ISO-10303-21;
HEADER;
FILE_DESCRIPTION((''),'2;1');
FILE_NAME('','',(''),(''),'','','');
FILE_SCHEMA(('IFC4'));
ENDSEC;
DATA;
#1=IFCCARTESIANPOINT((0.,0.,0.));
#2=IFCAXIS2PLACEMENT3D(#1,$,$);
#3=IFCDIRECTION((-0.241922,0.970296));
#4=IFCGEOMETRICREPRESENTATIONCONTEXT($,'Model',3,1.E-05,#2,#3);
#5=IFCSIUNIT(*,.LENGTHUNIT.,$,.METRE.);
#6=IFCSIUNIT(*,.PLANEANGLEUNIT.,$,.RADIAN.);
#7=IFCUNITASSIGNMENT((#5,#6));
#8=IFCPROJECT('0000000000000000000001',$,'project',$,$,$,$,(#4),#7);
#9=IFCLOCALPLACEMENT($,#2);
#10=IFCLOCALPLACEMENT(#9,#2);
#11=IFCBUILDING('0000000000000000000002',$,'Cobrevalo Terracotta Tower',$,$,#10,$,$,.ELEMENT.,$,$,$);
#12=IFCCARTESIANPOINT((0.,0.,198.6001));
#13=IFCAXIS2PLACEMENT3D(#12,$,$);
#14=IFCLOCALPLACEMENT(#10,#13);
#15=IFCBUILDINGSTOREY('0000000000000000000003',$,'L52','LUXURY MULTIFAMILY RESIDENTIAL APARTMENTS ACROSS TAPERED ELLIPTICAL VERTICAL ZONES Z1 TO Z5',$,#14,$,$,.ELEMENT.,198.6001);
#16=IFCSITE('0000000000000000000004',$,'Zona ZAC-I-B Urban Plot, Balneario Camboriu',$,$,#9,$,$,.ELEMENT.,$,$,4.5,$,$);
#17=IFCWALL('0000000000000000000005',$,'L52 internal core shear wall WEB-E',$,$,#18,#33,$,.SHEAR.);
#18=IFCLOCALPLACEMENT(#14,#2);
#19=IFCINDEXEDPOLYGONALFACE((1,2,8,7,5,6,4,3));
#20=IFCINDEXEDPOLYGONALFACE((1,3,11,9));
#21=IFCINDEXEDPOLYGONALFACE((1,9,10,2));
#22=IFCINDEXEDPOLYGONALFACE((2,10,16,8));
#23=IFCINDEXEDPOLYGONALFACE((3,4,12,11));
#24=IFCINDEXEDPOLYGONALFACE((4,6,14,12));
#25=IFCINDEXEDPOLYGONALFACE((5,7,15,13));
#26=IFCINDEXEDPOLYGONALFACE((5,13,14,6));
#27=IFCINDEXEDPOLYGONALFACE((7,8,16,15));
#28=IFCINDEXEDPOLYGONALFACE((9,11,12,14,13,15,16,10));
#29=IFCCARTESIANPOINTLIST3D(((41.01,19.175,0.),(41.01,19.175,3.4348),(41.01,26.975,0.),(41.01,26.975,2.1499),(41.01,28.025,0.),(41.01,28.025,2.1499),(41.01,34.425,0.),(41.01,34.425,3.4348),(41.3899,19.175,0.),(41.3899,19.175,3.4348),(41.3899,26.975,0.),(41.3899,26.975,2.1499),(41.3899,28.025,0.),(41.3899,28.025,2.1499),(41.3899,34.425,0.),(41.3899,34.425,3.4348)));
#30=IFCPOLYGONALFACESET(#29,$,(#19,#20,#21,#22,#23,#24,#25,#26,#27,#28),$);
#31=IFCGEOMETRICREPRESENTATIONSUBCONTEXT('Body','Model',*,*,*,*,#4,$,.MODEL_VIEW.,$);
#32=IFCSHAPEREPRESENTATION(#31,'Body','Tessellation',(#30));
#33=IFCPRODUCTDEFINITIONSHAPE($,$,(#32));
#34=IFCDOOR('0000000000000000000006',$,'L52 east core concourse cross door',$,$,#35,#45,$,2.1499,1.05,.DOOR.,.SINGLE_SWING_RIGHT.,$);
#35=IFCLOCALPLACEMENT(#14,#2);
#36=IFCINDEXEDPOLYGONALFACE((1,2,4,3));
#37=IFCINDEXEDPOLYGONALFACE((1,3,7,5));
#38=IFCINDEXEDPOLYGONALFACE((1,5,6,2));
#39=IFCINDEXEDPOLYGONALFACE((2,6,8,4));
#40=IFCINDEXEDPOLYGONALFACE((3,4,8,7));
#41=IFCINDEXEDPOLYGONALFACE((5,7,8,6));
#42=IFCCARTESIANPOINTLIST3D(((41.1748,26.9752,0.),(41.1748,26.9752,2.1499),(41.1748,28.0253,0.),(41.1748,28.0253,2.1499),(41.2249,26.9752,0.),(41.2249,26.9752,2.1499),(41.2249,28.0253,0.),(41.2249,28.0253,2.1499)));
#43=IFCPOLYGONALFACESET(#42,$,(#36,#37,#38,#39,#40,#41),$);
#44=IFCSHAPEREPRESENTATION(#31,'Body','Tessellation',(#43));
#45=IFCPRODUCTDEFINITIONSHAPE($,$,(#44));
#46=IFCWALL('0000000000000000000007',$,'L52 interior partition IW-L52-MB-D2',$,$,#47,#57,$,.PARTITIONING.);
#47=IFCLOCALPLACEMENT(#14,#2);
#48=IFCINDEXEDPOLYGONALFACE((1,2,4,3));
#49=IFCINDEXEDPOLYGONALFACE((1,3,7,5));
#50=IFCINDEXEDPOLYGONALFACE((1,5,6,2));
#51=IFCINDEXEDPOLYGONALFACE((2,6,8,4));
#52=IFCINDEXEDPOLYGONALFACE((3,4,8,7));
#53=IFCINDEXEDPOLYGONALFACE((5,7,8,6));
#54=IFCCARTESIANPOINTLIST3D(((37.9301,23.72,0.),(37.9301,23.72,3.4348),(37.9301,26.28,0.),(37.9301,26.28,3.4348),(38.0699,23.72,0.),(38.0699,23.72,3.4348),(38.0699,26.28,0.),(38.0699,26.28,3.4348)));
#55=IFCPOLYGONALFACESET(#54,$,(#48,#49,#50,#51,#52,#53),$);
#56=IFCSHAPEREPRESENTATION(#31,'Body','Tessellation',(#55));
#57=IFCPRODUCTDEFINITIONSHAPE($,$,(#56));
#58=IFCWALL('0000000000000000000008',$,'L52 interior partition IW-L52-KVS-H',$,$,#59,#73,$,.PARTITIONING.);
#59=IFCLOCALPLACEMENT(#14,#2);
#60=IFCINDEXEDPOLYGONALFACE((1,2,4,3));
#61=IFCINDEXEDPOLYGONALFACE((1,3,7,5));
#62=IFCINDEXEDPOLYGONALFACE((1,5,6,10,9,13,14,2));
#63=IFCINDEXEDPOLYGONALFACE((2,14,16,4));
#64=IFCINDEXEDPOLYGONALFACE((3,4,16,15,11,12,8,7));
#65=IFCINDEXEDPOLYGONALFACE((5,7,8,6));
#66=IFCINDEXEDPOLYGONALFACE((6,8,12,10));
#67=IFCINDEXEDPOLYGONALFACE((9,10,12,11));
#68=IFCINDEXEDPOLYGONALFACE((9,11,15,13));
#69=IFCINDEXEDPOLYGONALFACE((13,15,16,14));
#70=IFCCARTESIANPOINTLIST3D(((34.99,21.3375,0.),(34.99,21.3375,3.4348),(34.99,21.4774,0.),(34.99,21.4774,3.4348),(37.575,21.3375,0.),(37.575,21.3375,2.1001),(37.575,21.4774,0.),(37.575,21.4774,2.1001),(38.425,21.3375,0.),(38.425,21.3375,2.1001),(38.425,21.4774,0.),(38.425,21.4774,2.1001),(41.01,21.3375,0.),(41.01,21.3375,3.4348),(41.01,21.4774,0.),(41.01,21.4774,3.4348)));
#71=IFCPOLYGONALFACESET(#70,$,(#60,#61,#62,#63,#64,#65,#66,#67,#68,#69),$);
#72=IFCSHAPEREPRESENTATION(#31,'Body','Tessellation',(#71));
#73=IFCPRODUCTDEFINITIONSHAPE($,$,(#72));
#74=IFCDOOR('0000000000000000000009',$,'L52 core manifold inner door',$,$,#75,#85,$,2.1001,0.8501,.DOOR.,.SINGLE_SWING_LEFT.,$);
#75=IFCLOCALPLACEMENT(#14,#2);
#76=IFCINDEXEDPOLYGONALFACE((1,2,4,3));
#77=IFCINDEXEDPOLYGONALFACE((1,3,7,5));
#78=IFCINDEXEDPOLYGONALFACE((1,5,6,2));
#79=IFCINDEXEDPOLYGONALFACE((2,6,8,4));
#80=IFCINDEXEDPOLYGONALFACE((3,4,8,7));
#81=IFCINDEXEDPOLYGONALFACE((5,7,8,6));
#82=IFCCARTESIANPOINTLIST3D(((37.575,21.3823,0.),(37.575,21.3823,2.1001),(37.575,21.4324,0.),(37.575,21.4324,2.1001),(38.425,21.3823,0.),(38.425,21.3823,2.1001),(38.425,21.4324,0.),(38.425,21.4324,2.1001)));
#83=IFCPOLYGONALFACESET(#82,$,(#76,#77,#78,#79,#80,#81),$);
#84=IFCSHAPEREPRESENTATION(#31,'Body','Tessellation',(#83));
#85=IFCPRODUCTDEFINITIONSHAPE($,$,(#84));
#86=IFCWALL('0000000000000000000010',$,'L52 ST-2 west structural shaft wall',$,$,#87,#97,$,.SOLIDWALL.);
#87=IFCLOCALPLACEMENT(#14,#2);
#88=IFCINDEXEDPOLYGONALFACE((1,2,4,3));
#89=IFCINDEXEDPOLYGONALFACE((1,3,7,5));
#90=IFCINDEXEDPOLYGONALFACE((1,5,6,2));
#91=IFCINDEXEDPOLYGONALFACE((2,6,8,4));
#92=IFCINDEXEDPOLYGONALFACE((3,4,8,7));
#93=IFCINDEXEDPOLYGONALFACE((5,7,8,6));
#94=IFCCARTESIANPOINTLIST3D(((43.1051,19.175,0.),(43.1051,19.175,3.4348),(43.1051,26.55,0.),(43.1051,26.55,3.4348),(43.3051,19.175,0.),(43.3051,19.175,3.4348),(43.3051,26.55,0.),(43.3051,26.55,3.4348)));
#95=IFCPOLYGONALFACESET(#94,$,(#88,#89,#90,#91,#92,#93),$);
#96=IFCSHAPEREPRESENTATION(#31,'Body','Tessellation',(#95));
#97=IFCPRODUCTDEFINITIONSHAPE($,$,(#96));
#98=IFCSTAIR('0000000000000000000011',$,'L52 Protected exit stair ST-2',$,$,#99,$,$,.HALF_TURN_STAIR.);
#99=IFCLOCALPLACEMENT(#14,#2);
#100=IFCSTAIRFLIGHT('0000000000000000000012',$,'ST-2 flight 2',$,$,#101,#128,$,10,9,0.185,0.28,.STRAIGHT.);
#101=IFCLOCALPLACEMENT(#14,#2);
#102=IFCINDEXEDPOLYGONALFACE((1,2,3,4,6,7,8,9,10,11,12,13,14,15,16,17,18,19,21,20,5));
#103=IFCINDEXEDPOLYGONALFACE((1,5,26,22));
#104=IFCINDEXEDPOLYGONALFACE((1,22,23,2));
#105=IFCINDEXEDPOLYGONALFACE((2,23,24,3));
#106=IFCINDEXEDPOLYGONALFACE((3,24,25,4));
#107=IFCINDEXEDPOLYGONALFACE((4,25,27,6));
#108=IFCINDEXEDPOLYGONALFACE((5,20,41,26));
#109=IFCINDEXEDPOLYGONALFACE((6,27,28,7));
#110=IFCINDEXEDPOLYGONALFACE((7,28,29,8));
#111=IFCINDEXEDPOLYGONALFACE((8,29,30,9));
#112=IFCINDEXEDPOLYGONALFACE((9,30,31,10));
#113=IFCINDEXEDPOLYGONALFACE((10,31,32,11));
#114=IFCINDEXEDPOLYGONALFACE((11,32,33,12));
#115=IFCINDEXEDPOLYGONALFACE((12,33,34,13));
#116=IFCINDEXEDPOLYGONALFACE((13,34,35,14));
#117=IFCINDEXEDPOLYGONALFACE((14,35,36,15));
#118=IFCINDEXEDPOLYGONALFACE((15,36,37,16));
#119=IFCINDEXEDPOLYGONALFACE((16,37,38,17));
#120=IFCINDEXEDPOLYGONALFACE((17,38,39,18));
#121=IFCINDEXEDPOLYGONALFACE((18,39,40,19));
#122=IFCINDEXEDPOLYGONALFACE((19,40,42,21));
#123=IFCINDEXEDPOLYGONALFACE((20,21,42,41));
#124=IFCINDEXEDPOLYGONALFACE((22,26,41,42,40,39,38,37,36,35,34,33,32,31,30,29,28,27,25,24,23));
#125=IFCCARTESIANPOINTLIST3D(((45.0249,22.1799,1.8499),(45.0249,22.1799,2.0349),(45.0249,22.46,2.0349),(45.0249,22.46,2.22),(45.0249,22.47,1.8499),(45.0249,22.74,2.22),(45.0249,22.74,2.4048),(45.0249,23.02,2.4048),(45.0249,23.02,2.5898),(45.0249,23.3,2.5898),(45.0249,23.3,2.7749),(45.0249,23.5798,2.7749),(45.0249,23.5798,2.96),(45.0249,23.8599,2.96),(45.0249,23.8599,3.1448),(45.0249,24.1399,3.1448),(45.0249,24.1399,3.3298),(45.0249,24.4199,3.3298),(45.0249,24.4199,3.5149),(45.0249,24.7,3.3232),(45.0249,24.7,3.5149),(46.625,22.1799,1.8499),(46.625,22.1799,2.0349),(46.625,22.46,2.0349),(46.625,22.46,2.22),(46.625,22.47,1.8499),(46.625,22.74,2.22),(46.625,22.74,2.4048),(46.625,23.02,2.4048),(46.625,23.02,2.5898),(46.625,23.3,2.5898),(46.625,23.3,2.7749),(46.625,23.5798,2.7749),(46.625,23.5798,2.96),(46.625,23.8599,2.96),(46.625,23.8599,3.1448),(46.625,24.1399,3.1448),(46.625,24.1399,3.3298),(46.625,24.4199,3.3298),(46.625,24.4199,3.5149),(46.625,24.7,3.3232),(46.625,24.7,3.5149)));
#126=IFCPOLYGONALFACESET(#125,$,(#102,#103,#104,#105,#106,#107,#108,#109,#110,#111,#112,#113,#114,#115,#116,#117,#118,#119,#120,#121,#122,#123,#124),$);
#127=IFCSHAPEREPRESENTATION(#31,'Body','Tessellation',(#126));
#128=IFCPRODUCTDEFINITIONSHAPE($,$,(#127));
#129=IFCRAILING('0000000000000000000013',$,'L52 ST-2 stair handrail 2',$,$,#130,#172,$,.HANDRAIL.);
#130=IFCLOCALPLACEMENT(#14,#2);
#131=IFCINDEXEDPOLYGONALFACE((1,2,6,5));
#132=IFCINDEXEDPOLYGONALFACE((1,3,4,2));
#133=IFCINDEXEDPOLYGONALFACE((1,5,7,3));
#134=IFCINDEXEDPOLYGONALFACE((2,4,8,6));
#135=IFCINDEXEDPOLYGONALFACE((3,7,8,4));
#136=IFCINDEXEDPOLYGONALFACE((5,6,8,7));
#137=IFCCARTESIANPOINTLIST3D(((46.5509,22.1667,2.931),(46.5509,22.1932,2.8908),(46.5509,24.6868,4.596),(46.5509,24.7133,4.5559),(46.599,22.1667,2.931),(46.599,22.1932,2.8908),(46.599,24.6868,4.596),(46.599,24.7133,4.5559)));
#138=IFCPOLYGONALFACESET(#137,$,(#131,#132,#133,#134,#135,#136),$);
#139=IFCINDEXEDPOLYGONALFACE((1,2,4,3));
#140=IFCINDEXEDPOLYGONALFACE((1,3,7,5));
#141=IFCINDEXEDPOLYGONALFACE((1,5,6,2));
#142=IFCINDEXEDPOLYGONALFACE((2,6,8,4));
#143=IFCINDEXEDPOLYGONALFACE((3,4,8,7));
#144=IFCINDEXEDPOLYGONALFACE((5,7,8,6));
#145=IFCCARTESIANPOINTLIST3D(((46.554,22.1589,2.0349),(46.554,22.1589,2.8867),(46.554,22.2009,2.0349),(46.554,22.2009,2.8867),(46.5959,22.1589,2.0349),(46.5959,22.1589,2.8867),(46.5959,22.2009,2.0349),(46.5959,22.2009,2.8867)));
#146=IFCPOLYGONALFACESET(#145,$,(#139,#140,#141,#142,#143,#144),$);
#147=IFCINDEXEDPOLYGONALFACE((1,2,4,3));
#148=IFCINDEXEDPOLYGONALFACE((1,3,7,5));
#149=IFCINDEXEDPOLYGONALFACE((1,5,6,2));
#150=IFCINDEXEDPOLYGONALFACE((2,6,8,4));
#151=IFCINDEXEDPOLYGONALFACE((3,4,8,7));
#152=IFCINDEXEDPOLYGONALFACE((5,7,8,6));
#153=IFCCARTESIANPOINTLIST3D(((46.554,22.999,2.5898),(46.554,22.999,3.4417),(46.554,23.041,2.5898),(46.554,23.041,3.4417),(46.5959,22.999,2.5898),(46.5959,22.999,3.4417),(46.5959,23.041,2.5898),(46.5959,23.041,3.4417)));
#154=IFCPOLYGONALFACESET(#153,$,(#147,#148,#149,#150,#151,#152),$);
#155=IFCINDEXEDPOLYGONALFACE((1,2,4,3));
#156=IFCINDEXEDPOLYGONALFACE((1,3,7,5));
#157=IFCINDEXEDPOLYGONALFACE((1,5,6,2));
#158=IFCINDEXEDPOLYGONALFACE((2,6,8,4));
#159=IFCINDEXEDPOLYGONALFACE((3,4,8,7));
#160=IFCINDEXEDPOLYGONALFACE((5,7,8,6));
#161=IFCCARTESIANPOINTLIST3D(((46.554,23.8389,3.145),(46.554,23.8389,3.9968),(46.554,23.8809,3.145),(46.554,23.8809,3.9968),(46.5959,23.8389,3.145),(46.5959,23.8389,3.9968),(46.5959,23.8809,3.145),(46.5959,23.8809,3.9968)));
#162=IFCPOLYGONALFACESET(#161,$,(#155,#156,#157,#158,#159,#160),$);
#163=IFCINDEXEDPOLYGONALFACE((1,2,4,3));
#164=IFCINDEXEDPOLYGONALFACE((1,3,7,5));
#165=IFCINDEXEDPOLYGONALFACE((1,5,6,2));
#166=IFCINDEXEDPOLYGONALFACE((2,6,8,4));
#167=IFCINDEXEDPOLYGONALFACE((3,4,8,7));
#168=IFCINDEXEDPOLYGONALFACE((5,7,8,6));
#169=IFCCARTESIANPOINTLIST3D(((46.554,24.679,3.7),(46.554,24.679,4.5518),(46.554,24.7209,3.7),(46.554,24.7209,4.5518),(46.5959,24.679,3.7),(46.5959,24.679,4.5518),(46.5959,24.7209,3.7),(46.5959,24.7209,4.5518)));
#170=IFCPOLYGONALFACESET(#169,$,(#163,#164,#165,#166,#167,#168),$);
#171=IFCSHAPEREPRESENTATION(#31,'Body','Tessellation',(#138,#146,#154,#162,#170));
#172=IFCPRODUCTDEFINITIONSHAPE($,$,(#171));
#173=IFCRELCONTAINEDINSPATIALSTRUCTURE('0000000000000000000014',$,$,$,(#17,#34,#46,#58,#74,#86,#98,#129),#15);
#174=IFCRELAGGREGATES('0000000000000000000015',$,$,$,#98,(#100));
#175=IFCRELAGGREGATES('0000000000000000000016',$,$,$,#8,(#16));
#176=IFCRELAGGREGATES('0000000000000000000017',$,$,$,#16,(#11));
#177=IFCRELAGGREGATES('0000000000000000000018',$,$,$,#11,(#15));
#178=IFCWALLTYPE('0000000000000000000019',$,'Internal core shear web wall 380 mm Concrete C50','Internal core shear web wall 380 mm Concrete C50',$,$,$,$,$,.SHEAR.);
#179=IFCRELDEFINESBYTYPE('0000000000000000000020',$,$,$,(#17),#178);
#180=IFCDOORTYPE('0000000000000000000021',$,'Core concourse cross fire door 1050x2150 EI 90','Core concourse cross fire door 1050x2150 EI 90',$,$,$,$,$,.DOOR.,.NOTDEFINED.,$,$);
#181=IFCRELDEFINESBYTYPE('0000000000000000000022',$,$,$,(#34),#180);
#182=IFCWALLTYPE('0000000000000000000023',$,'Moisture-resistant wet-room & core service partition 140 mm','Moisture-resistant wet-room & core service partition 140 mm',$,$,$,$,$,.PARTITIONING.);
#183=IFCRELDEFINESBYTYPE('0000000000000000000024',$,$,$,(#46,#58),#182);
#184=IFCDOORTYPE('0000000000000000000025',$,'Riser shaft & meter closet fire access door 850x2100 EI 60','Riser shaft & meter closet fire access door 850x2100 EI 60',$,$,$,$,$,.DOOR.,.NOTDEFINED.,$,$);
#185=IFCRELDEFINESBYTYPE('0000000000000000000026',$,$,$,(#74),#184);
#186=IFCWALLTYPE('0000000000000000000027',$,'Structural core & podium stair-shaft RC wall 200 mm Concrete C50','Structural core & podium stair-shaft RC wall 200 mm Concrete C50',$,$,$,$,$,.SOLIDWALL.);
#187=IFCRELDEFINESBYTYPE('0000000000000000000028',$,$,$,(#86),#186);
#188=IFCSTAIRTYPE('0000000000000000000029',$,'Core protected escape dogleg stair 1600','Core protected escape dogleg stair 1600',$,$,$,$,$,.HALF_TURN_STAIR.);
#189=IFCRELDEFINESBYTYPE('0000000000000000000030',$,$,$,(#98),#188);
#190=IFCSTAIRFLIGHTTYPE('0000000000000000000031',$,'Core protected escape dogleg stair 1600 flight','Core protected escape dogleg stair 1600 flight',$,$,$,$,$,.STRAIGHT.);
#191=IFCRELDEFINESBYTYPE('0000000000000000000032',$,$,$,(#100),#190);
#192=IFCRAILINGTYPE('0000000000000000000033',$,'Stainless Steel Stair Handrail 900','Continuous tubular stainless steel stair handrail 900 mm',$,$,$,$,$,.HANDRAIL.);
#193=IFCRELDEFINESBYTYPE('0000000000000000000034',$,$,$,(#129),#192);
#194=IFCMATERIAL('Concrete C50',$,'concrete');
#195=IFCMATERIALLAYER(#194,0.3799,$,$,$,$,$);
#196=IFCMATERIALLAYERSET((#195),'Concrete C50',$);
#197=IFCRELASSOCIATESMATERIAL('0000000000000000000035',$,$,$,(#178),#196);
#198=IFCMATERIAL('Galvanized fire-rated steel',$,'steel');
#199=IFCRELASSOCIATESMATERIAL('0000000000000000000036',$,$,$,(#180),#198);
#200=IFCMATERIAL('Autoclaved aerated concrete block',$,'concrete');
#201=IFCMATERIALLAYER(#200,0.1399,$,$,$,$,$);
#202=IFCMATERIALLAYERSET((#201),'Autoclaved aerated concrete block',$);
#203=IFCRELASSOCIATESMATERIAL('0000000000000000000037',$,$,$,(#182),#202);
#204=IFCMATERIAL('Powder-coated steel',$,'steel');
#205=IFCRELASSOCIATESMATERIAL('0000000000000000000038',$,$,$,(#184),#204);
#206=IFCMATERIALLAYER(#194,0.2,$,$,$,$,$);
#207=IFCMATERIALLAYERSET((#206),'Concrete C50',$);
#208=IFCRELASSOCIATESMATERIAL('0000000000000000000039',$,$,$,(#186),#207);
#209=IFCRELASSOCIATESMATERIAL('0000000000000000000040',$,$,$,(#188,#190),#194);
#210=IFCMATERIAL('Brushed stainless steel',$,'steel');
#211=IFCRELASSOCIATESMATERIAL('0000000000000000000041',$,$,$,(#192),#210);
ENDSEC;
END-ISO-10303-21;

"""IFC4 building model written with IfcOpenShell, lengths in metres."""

from ifc_helpers import new_model, si_unit, direction, frame, frame_2d, origin, origin_2d, place, context, subcontext, project, spatial, polyline, rectangle, outline, extrude, source, transform, mapped, material, layer, layer_set, type_object, element, fill, aggregate, save


model = new_model("IFC4")

# Units and contexts
model_context = context("Model", 3, precision=1e-05, world=origin(), true_north=direction((-0.241922, 0.970296)))
body_context = subcontext(model_context, "Body", "Model", "MODEL_VIEW")
ifc_project = project(units=[si_unit("LENGTHUNIT", "METRE"), si_unit("PLANEANGLEUNIT", "RADIAN")], contexts=[model_context])

# Site, building, storey
site_placement = place(None, origin())
site = spatial("IfcSite", under=ifc_project, at=site_placement, Name="Zona ZAC-I-B Urban Plot, Balneario Camboriu", CompositionType="ELEMENT", RefElevation=4.5)
building_placement = place(site_placement, origin())
building = spatial("IfcBuilding", under=site, at=building_placement, Name="Cobrevalo Terracotta Tower", CompositionType="ELEMENT")
storey_placement = place(building_placement, frame((0.0, 0.0, 198.6001)))
storey = spatial("IfcBuildingStorey", under=building, at=storey_placement, Name="L52", Description="LUXURY MULTIFAMILY RESIDENTIAL APARTMENTS ACROSS TAPERED ELLIPTICAL VERTICAL ZONES Z1 TO Z5", CompositionType="ELEMENT", Elevation=198.6001)

# Shared definitions
ifc_material_1 = material(Name="Autoclaved aerated concrete block", Category="concrete")

# Wall, opening, door
ifc_material_2 = material(Name="Concrete C50", Category="concrete")
ifc_layer_1 = layer(ifc_material_2, 0.3799)
ifc_layer_set_1 = layer_set([ifc_layer_1], Name="Concrete C50")
wall_type_1 = type_object("IfcWallType", Name="Internal core shear web wall 380 mm Concrete C50", Description="Internal core shear web wall 380 mm Concrete C50", PredefinedType="SHEAR", material=ifc_layer_set_1)
ifc_material_3 = material(Name="Galvanized fire-rated steel", Category="steel")
door_type_1 = type_object("IfcDoorType", Name="Core concourse cross fire door 1050x2150 EI 90", Description="Core concourse cross fire door 1050x2150 EI 90", OperationType="NOTDEFINED", PredefinedType="DOOR", material=ifc_material_3)
shared_shape_1 = source(origin(), body_context, "Body", "SweptSolid", [
    extrude(rectangle(XDim=1.05, YDim=2.1499, at=frame_2d((0.5249, 1.075))), frame((0.0, 0.0249, 0.0), z_axis=(0.0, -1.0, 0.0), x_axis=(1.0, 0.0, 0.0)), (0.0, 0.0, 1.0), 0.05),
])
wall_1_placement = place(storey_placement, frame((41.2, 19.175, 0.0), z_axis=(0.0, 0.0, 1.0), x_axis=(0.0, 1.0, 0.0)))
wall_1 = element("IfcWall", 1, at=wall_1_placement, inside=storey, type_object=wall_type_1, Name="L52 internal core shear wall WEB-E", PredefinedType="SHEAR", context=body_context, shape_type="SweptSolid", body=[
    extrude(rectangle(XDim=15.25, YDim=0.3799, at=frame_2d((7.625, 0.0))), origin(), (0.0, 0.0, 1.0), 3.4348),
])
opening_1_placement = place(wall_1_placement, frame((7.8, 0.0, 0.0)))
opening_1 = element("IfcOpeningElement", 2, at=opening_1_placement, cuts=wall_1, PredefinedType="OPENING", context=body_context, shape_type="SweptSolid", body=[
    extrude(rectangle(XDim=1.05, YDim=2.1499, at=frame_2d((0.5249, 1.075))), frame((0.0, 0.2, 0.0), z_axis=(0.0, -1.0, 0.0), x_axis=(1.0, 0.0, 0.0)), (0.0, 0.0, 1.0), 0.3999),
])
door_1_placement = place(opening_1_placement, frame((1.05, 0.0, 0.0), z_axis=(0.0, 0.0, 1.0), x_axis=(-1.0, 0.0, 0.0)))
door_1 = element("IfcDoor", 3, at=door_1_placement, inside=storey, type_object=door_type_1, Name="L52 east core concourse cross door", OperationType="SINGLE_SWING_RIGHT", OverallHeight=2.1499, OverallWidth=1.05, PredefinedType="DOOR", context=body_context, shape_type="MappedRepresentation", body=[
    mapped(shared_shape_1, transform((0.0, 0.0, 0.0), scale=1.0)),
])
fill(opening_1, door_1)

# Wall
ifc_layer_2 = layer(ifc_material_1, 0.1399)
ifc_layer_set_2 = layer_set([ifc_layer_2], Name="Autoclaved aerated concrete block")
wall_type_2 = type_object("IfcWallType", Name="Moisture-resistant wet-room & core service partition 140 mm", Description="Moisture-resistant wet-room & core service partition 140 mm", PredefinedType="PARTITIONING", material=ifc_layer_set_2)
wall_2_placement = place(storey_placement, frame((38.0, 23.72, 0.0), z_axis=(0.0, 0.0, 1.0), x_axis=(0.0, 1.0, 0.0)))
element("IfcWall", 4, at=wall_2_placement, inside=storey, type_object=wall_type_2, Name="L52 interior partition IW-L52-MB-D2", PredefinedType="PARTITIONING", context=body_context, shape_type="SweptSolid", body=[
    extrude(rectangle(XDim=2.5601, YDim=0.1399, at=frame_2d((1.28, 0.0))), origin(), (0.0, 0.0, 1.0), 3.4348),
])

# Wall, opening, door
wall_3_placement = place(storey_placement, frame((34.99, 21.4075, 0.0), z_axis=(0.0, 0.0, 1.0), x_axis=(1.0, 0.0, 0.0)))
wall_3 = element("IfcWall", 5, at=wall_3_placement, inside=storey, type_object=wall_type_2, Name="L52 interior partition IW-L52-KVS-H", PredefinedType="PARTITIONING", context=body_context, shape_type="SweptSolid", body=[
    extrude(rectangle(XDim=6.02, YDim=0.1399, at=frame_2d((3.01, 0.0))), origin(), (0.0, 0.0, 1.0), 3.4348),
])
opening_2_placement = place(wall_3_placement, frame((2.585, 0.0, 0.0)))
opening_2 = element("IfcOpeningElement", 6, at=opening_2_placement, cuts=wall_3, PredefinedType="OPENING", context=body_context, shape_type="SweptSolid", body=[
    extrude(rectangle(XDim=0.8501, YDim=2.1001, at=frame_2d((0.425, 1.05))), frame((0.0, 0.0801, 0.0), z_axis=(0.0, -1.0, 0.0), x_axis=(1.0, 0.0, 0.0)), (0.0, 0.0, 1.0), 0.1599),
])
ifc_material_4 = material(Name="Powder-coated steel", Category="steel")
door_type_2 = type_object("IfcDoorType", Name="Riser shaft & meter closet fire access door 850x2100 EI 60", Description="Riser shaft & meter closet fire access door 850x2100 EI 60", OperationType="NOTDEFINED", PredefinedType="DOOR", material=ifc_material_4)
shared_shape_2 = source(origin(), body_context, "Body", "SweptSolid", [
    extrude(rectangle(XDim=0.8501, YDim=2.1001, at=frame_2d((0.425, 1.05))), frame((0.0, 0.0249, 0.0), z_axis=(0.0, -1.0, 0.0), x_axis=(1.0, 0.0, 0.0)), (0.0, 0.0, 1.0), 0.05),
])
door_2_placement = place(opening_2_placement, origin())
door_2 = element("IfcDoor", 7, at=door_2_placement, inside=storey, type_object=door_type_2, Name="L52 core manifold inner door", OperationType="SINGLE_SWING_LEFT", OverallHeight=2.1001, OverallWidth=0.8501, PredefinedType="DOOR", context=body_context, shape_type="MappedRepresentation", body=[
    mapped(shared_shape_2, transform((0.0, 0.0, 0.0), scale=1.0)),
])
fill(opening_2, door_2)

# Wall
ifc_layer_3 = layer(ifc_material_2, 0.2)
ifc_layer_set_3 = layer_set([ifc_layer_3], Name="Concrete C50")
wall_type_3 = type_object("IfcWallType", Name="Structural core & podium stair-shaft RC wall 200 mm Concrete C50", Description="Structural core & podium stair-shaft RC wall 200 mm Concrete C50", PredefinedType="SOLIDWALL", material=ifc_layer_set_3)
wall_4_placement = place(storey_placement, frame((43.2051, 19.175, 0.0), z_axis=(0.0, 0.0, 1.0), x_axis=(0.0, 1.0, 0.0)))
element("IfcWall", 8, at=wall_4_placement, inside=storey, type_object=wall_type_3, Name="L52 ST-2 west structural shaft wall", PredefinedType="SOLIDWALL", context=body_context, shape_type="SweptSolid", body=[
    extrude(rectangle(XDim=7.375, YDim=0.2, at=frame_2d((3.6875, 0.0))), origin(), (0.0, 0.0, 1.0), 3.4348),
])

# Stair, stair flight
stair_type = type_object("IfcStairType", Name="Core protected escape dogleg stair 1600", Description="Core protected escape dogleg stair 1600", PredefinedType="HALF_TURN_STAIR", material=ifc_material_2)
stair_placement = place(storey_placement, origin())
stair = element("IfcStair", 9, at=stair_placement, inside=storey, type_object=stair_type, Name="L52 Protected exit stair ST-2", PredefinedType="HALF_TURN_STAIR")
stair_flight_type = type_object("IfcStairFlightType", Name="Core protected escape dogleg stair 1600 flight", Description="Core protected escape dogleg stair 1600 flight", PredefinedType="STRAIGHT", material=ifc_material_2)
stair_flight_placement = place(storey_placement, frame((45.825, 22.1799, 1.8499), z_axis=(0.0, 0.0, 1.0), x_axis=(0.0, 1.0, 0.0)))
stair_flight = element("IfcStairFlight", 10, at=stair_flight_placement, type_object=stair_flight_type, Name="ST-2 flight 2", NumberOfRisers=10, NumberOfTreads=9, PredefinedType="STRAIGHT", RiserHeight=0.185, TreadLength=0.28, context=body_context, shape_type="SweptSolid", body=[
    extrude(outline(polyline([(0.0, 0.0), (0.0, 0.1851), (0.28, 0.1851), (0.28, 0.3701), (0.5601, 0.3701), (0.5601, 0.5549), (0.8401, 0.5549), (0.8401, 0.74), (1.1201, 0.74), (1.1201, 0.925), (1.3999, 0.925), (1.3999, 1.1101), (1.6799, 1.1101), (1.6799, 1.2949), (1.96, 1.2949), (1.96, 1.48), (2.24, 1.48), (2.24, 1.665), (2.52, 1.665), (2.52, 1.8501), (2.52, 1.4734), (0.29, 0.0), (0.0, 0.0)])), frame((0.0, 0.8, 0.0), z_axis=(0.0, -1.0, 0.0), x_axis=(1.0, 0.0, 0.0)), (0.0, 0.0, 1.0), 1.6001),
])
aggregate(stair, [stair_flight])

# Railing
ifc_material_5 = material(Name="Brushed stainless steel", Category="steel")
railing_type_1 = type_object("IfcRailingType", Name="Stainless Steel Stair Handrail 900", Description="Continuous tubular stainless steel stair handrail 900 mm", PredefinedType="HANDRAIL", material=ifc_material_5)
railing_1_placement = place(storey_placement, frame((46.575, 22.1799, 2.0349)))
element("IfcRailing", 11, at=railing_1_placement, inside=storey, type_object=railing_type_1, Name="L52 ST-2 stair handrail 2", PredefinedType="HANDRAIL", context=body_context, shape_type="SweptSolid", body=[
    extrude(rectangle(XDim=0.0481, YDim=0.0481, at=origin_2d()), frame((0.0, 0.0, 0.876), z_axis=(0.0, 0.834331, 0.551263), x_axis=(-1.0, 0.0, 0.0)), (0.0, 0.0, 1.0), 3.0205),
    extrude(rectangle(XDim=0.042, YDim=0.042, at=origin_2d()), origin(), (0.0, 0.0, 1.0), 0.8518),
    extrude(rectangle(XDim=0.042, YDim=0.042, at=origin_2d()), frame((0.0, 0.8401, 0.5549)), (0.0, 0.0, 1.0), 0.8518),
    extrude(rectangle(XDim=0.042, YDim=0.042, at=origin_2d()), frame((0.0, 1.6799, 1.1101)), (0.0, 0.0, 1.0), 0.8518),
    extrude(rectangle(XDim=0.042, YDim=0.042, at=origin_2d()), frame((0.0, 2.52, 1.665)), (0.0, 0.0, 1.0), 0.8518),
])

save(model, "model.ifc")
